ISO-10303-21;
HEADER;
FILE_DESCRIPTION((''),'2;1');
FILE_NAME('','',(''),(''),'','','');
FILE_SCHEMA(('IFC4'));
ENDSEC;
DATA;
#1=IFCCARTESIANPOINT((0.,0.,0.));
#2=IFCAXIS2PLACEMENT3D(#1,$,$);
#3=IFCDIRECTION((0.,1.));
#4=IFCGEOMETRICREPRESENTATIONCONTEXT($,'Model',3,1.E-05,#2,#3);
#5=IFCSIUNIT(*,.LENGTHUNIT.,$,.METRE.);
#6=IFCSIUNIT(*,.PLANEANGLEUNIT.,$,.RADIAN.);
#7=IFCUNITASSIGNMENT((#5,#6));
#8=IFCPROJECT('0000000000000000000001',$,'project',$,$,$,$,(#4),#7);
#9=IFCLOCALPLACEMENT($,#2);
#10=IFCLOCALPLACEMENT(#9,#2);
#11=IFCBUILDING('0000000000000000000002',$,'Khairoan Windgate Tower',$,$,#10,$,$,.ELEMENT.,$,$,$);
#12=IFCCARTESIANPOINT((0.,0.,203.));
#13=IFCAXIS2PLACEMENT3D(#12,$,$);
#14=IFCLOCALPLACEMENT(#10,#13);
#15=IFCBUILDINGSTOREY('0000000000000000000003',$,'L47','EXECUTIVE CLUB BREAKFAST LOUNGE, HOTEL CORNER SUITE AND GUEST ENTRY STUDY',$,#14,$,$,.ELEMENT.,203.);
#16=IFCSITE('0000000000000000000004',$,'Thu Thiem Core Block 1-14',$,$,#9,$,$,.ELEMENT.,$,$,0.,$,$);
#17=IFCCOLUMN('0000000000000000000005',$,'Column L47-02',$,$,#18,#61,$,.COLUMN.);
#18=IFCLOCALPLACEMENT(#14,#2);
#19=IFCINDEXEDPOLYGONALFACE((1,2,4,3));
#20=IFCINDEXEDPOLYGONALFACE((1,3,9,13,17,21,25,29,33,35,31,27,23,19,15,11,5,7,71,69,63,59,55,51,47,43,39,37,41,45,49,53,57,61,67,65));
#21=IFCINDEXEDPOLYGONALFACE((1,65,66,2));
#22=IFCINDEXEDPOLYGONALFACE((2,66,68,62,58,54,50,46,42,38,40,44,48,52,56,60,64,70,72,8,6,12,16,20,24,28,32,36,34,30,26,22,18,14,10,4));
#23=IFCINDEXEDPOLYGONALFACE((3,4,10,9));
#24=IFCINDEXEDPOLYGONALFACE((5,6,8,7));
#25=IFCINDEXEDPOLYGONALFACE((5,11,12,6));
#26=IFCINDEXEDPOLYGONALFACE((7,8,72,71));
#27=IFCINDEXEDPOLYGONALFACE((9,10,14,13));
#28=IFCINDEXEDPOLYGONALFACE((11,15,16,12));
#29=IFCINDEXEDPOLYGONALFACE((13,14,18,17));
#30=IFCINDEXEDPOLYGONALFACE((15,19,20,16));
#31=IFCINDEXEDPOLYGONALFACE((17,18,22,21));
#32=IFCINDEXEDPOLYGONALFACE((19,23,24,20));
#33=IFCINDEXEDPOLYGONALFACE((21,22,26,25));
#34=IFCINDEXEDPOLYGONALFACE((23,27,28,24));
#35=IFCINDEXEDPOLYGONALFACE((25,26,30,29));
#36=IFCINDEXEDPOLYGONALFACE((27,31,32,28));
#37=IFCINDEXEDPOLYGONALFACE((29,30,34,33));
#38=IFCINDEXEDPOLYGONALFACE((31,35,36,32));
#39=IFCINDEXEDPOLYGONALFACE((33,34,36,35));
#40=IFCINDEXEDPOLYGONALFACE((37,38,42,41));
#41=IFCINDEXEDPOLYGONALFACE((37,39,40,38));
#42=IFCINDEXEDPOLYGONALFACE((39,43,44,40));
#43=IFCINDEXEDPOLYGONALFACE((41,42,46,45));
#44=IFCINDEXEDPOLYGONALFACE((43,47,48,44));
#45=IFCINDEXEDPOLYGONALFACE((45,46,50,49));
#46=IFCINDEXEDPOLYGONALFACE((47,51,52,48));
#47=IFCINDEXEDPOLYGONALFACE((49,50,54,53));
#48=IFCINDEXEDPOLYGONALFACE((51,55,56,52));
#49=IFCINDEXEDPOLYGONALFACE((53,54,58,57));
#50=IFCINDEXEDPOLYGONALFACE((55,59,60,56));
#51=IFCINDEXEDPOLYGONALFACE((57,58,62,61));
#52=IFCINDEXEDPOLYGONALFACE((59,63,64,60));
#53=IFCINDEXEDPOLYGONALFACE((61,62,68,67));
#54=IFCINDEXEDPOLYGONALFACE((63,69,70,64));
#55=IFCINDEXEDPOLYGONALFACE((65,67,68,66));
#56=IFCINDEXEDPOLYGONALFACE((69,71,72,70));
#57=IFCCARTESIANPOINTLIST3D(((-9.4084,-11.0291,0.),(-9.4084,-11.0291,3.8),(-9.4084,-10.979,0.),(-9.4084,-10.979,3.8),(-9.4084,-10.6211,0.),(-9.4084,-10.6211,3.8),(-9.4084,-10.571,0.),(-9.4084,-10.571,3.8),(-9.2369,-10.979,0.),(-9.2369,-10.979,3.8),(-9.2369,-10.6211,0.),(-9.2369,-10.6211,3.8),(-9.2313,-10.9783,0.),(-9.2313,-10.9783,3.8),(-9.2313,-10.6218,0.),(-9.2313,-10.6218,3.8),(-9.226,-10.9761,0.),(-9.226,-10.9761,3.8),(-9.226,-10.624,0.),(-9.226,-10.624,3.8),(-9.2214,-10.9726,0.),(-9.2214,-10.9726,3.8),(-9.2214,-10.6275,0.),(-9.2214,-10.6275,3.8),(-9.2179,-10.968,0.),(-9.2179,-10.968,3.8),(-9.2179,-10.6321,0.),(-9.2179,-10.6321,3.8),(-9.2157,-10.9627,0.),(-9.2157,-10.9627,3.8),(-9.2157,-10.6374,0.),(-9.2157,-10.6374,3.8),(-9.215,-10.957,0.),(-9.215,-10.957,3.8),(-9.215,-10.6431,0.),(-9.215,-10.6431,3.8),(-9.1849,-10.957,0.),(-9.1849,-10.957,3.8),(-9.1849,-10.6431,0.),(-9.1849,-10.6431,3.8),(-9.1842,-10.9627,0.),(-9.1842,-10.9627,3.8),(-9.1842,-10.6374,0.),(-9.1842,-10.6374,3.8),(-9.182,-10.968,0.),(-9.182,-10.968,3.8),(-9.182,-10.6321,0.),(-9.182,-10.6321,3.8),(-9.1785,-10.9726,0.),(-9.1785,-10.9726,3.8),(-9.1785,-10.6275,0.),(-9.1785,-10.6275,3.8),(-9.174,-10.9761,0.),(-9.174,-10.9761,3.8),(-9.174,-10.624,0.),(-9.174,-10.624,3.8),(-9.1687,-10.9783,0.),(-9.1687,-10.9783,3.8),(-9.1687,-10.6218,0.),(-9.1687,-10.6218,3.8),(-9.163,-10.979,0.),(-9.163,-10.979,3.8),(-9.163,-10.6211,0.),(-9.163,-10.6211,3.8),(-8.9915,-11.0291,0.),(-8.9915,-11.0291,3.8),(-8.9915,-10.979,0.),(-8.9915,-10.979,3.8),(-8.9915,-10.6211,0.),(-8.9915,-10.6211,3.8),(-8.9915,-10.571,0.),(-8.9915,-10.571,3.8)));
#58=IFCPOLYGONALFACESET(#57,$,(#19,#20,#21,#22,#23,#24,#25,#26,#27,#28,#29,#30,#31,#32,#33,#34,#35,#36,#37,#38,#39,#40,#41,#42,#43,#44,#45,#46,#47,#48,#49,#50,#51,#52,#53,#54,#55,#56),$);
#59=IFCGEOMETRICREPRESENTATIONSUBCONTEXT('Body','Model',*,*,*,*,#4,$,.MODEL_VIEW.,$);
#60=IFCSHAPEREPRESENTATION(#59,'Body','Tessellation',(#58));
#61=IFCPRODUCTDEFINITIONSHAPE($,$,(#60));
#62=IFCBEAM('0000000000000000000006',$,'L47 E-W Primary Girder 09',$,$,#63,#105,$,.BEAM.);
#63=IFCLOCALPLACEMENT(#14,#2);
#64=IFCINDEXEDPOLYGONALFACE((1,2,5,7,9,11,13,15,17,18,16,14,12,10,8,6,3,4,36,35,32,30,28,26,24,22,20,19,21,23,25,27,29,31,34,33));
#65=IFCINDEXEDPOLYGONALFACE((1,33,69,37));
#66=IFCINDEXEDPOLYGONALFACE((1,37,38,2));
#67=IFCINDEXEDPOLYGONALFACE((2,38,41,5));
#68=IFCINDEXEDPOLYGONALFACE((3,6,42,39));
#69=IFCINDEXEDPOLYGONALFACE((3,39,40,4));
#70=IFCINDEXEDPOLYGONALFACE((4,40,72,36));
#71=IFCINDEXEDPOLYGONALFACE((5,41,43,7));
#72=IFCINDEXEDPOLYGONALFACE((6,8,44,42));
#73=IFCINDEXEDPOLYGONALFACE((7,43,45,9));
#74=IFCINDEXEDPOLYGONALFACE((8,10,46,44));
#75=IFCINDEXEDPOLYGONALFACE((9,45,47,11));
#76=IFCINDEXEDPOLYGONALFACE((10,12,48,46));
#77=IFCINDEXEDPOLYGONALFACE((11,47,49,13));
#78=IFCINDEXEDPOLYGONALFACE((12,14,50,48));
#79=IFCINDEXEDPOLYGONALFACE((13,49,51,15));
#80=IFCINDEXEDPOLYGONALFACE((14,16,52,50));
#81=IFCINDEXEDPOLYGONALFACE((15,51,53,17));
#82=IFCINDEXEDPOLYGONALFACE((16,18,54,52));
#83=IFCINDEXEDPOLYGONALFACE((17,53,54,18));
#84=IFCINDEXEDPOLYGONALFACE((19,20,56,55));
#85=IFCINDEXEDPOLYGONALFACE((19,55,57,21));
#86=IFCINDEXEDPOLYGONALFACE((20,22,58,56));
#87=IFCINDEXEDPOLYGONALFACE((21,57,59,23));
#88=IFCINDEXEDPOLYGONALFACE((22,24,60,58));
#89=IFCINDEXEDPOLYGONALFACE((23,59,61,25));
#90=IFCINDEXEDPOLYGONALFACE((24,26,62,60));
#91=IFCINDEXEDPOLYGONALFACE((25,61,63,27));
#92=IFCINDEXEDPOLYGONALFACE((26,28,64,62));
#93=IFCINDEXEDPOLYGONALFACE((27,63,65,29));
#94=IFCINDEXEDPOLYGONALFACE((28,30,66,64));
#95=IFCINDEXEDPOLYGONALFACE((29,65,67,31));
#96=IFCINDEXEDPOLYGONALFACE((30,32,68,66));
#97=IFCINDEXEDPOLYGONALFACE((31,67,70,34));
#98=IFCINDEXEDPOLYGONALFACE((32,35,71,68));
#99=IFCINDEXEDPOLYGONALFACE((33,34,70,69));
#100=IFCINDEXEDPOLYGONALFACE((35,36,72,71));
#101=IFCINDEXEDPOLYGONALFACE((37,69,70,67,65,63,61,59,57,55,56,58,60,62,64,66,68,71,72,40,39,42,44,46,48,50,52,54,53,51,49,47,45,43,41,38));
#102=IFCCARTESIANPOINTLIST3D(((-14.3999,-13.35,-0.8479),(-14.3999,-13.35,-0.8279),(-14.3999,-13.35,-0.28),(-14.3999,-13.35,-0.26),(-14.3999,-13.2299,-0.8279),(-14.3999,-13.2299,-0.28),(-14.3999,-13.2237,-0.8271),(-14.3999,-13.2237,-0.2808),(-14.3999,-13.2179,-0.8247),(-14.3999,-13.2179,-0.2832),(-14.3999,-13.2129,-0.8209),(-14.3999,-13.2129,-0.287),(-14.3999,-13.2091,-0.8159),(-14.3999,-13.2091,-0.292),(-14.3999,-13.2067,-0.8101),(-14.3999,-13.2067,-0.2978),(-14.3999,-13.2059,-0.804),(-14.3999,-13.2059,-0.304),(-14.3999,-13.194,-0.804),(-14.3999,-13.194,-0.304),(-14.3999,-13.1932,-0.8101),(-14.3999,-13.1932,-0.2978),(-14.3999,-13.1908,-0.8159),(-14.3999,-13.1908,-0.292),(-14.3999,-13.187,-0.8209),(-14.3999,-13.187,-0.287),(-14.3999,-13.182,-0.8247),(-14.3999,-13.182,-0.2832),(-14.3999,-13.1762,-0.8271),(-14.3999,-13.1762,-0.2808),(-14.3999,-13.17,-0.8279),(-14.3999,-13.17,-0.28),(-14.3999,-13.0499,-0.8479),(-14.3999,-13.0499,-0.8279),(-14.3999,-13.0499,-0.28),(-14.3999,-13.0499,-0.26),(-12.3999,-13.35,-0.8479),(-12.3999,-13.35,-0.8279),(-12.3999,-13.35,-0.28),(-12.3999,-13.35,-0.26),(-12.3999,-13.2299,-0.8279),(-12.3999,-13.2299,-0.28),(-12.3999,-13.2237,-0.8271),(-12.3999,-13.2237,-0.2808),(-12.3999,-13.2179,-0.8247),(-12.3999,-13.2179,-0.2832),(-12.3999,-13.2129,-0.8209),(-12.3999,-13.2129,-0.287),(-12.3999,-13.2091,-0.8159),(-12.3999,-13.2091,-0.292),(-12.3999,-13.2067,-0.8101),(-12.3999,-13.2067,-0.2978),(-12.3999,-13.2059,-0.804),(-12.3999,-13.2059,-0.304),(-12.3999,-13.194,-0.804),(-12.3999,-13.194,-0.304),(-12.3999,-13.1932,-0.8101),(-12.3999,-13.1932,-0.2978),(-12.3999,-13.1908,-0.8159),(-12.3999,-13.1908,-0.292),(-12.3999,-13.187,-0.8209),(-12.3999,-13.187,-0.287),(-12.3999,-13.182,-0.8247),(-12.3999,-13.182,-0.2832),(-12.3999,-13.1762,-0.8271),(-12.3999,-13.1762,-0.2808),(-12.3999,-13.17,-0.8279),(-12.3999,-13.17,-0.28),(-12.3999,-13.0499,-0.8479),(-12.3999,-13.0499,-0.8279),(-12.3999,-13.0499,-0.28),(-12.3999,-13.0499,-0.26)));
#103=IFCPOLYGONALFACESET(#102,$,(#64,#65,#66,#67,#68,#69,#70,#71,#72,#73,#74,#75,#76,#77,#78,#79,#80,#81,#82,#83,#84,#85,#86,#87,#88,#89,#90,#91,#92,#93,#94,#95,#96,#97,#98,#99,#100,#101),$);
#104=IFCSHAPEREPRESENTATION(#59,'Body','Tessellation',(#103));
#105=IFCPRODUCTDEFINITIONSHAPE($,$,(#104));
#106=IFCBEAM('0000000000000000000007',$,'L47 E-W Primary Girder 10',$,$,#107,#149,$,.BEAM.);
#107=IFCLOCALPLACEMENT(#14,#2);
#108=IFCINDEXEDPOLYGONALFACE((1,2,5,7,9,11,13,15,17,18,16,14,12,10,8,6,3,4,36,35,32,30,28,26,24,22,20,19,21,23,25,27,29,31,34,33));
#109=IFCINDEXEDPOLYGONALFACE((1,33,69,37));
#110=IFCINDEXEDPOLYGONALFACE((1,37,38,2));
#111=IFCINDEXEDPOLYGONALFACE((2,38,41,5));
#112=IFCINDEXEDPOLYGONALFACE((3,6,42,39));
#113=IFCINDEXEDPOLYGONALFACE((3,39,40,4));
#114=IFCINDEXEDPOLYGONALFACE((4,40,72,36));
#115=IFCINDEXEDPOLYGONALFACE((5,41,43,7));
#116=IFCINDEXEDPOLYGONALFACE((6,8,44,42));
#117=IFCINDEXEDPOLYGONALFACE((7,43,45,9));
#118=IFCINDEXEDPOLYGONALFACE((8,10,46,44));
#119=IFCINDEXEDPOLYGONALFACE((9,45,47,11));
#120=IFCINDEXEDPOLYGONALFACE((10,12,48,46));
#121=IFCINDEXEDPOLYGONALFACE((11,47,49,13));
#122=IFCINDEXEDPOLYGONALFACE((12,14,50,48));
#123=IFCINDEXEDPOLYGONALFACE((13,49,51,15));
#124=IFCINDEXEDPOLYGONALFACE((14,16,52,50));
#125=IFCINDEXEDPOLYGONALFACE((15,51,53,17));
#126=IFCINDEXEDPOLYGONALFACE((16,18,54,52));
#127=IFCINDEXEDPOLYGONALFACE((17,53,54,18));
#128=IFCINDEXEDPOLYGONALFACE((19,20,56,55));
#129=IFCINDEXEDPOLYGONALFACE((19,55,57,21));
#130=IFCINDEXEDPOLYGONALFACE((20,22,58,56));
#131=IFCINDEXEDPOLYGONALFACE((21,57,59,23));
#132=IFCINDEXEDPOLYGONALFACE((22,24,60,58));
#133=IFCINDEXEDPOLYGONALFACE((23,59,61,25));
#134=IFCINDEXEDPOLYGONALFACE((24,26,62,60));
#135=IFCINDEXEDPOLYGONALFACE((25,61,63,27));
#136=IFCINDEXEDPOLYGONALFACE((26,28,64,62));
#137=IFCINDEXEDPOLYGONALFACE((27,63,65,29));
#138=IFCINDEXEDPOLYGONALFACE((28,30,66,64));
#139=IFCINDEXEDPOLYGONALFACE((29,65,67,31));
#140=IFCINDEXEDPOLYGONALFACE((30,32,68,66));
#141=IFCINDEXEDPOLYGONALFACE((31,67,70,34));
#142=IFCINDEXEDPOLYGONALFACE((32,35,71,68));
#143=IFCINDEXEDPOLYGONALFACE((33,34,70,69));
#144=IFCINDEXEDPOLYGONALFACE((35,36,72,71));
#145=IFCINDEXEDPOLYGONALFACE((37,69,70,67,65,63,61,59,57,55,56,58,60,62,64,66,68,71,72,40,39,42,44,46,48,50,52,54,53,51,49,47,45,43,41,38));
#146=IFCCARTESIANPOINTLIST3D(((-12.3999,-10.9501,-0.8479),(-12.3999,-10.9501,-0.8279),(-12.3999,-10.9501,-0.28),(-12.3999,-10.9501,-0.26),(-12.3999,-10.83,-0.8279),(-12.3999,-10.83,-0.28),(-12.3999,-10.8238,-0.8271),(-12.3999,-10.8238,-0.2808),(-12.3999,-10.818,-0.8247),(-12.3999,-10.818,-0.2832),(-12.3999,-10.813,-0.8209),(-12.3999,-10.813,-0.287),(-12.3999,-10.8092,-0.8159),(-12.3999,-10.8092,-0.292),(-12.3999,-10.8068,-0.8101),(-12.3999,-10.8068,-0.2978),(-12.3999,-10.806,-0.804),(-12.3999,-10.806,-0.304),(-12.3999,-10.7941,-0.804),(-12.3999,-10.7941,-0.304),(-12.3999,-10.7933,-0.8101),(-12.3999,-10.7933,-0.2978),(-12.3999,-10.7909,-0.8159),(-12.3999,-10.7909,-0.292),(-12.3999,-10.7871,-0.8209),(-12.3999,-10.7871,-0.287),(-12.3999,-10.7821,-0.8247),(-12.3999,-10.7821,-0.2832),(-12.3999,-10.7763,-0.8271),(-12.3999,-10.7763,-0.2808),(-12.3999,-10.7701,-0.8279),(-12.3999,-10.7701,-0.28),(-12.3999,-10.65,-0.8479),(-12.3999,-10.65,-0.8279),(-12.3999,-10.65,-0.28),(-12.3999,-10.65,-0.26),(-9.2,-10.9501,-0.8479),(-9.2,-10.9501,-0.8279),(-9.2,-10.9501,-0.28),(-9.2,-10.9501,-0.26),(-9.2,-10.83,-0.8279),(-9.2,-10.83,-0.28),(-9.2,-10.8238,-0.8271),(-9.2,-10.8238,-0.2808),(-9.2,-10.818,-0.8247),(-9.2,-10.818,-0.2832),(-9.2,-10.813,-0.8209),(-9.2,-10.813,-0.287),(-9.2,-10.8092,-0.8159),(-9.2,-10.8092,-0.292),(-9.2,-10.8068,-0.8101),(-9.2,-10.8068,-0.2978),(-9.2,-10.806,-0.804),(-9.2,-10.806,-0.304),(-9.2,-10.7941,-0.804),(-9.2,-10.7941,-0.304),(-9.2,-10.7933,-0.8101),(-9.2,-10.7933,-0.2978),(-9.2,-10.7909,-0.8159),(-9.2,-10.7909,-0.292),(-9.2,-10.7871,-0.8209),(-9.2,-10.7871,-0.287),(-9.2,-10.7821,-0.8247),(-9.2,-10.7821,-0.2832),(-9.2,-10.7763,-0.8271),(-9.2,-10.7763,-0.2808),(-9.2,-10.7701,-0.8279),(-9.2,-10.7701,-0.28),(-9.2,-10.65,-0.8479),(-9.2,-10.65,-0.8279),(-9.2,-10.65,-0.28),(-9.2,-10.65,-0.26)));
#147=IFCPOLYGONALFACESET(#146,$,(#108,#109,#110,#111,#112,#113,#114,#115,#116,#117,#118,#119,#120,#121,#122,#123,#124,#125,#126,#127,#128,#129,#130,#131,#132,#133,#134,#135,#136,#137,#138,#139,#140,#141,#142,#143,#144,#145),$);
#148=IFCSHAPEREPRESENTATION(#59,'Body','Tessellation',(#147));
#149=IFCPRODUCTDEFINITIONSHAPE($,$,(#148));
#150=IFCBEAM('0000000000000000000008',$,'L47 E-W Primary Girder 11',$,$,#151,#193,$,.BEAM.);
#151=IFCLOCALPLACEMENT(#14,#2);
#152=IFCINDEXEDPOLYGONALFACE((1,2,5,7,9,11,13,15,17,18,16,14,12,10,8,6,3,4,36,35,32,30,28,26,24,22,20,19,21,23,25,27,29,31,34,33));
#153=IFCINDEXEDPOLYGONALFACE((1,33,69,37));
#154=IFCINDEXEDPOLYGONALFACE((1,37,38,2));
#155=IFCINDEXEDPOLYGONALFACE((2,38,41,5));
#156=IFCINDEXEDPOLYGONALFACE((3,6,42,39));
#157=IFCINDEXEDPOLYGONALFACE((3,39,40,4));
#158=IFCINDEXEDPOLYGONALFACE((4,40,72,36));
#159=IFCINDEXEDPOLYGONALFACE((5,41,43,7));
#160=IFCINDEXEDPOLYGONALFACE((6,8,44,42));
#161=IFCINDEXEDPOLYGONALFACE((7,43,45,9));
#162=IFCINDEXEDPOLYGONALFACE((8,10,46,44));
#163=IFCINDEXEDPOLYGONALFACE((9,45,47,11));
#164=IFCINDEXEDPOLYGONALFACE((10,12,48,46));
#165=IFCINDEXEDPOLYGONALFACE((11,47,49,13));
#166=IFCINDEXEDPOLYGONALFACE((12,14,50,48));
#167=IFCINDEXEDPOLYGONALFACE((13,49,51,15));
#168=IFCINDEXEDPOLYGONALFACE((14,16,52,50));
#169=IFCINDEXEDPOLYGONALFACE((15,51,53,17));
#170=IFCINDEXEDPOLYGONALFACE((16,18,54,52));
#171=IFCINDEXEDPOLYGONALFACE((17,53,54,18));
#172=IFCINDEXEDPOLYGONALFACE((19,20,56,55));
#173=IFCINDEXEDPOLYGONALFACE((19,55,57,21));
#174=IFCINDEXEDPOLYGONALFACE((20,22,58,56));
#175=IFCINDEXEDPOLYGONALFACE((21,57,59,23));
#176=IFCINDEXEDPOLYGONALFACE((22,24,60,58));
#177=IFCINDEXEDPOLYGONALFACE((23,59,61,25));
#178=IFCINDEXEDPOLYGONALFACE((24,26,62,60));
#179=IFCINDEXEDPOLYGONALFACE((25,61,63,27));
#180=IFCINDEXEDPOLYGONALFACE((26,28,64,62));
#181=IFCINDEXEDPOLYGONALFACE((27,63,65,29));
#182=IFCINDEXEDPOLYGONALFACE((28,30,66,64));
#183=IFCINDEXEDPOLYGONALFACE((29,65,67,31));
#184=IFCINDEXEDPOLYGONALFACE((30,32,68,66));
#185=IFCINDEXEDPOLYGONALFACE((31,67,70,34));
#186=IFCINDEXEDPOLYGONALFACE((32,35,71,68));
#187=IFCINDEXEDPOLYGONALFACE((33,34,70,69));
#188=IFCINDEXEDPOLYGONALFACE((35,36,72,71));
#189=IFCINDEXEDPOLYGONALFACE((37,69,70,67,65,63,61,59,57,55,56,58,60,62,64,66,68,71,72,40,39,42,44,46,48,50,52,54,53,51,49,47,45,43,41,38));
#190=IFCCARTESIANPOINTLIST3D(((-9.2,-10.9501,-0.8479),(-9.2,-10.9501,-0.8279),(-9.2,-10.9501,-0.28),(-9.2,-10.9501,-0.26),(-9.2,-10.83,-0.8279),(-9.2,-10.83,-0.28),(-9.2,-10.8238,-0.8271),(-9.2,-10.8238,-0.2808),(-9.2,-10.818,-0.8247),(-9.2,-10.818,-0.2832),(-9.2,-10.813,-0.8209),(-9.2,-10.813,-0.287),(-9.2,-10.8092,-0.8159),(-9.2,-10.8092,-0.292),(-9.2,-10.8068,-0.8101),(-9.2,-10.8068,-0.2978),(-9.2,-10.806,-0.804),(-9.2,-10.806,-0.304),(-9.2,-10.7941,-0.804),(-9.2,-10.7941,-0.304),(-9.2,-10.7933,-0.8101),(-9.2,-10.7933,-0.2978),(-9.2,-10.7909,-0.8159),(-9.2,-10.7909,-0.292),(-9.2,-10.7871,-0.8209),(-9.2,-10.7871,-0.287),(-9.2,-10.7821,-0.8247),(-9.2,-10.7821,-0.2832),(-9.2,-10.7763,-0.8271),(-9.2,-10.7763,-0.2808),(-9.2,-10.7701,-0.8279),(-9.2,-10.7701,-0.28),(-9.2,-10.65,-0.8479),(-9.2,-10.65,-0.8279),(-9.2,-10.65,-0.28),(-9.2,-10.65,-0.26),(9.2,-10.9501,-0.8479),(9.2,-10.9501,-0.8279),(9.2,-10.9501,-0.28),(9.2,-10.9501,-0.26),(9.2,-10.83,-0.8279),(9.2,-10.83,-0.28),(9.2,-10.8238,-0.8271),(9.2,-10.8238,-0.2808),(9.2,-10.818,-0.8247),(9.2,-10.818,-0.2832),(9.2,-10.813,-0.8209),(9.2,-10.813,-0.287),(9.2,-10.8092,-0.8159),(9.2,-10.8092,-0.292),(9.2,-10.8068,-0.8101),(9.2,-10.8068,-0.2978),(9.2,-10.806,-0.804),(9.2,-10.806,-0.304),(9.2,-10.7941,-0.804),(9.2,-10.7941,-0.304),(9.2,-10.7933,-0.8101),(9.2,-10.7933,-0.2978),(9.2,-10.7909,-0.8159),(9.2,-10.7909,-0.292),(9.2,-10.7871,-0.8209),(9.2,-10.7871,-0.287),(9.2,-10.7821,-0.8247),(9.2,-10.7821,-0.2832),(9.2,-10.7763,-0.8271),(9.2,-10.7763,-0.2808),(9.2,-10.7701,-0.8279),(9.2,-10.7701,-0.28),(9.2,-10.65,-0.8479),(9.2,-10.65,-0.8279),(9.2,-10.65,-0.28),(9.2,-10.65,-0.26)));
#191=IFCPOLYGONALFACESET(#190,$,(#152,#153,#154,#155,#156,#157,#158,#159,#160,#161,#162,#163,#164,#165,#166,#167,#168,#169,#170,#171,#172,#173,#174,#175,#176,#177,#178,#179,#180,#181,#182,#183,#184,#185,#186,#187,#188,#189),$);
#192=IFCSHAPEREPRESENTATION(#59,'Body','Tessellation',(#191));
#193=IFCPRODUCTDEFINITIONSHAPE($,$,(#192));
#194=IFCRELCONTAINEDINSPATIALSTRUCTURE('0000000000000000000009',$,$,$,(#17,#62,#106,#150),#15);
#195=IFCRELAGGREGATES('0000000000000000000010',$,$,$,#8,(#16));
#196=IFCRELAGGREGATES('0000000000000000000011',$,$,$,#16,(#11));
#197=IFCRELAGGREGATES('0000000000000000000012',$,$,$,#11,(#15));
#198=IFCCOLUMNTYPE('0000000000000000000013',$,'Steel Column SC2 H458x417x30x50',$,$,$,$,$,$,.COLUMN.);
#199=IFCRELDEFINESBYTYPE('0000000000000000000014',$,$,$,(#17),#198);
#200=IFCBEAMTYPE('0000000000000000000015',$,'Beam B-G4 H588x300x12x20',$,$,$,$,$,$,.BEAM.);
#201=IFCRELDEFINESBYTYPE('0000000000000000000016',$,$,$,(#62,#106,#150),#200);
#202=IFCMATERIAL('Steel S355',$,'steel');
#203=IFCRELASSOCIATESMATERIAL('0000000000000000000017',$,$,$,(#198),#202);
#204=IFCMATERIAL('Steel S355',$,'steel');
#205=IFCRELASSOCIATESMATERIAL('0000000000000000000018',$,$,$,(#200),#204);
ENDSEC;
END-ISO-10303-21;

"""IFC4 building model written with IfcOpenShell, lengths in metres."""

from ifc_helpers import new_model, si_unit, direction, frame, origin, origin_2d, place, context, subcontext, project, spatial, i_section, extrude, material, material_profile, profile_set, type_object, element, save


model = new_model("IFC4")

# Units and contexts
model_context = context("Model", 3, precision=1e-05, world=origin(), true_north=direction((0.0, 1.0)))
body_context = subcontext(model_context, "Body", "Model", "MODEL_VIEW")
ifc_project = project(units=[si_unit("LENGTHUNIT", "METRE"), si_unit("PLANEANGLEUNIT", "RADIAN")], contexts=[model_context])

# Site, building, storey
site_placement = place(None, origin())
site = spatial("IfcSite", under=ifc_project, at=site_placement, Name="Thu Thiem Core Block 1-14", CompositionType="ELEMENT", RefElevation=0.0)
building_placement = place(site_placement, origin())
building = spatial("IfcBuilding", under=site, at=building_placement, Name="Khairoan Windgate Tower", CompositionType="ELEMENT")
storey_placement = place(building_placement, frame((0.0, 0.0, 203.0)))
storey = spatial("IfcBuildingStorey", under=building, at=storey_placement, Name="L47", Description="EXECUTIVE CLUB BREAKFAST LOUNGE, HOTEL CORNER SUITE AND GUEST ENTRY STUDY", CompositionType="ELEMENT", Elevation=203.0)

# Column
ifc_material_1 = material(Name="Steel S355", Category="steel")
ifc_material_profile_1 = material_profile(ifc_material_1, i_section(OverallWidth=0.417, OverallDepth=0.458, WebThickness=0.03, FlangeThickness=0.05, FilletRadius=0.022, at=origin_2d()))
ifc_profile_set_1 = profile_set([ifc_material_profile_1], Name="Steel S355")
column_type = type_object("IfcColumnType", Name="Steel Column SC2 H458x417x30x50", PredefinedType="COLUMN", material=ifc_profile_set_1)
column_placement = place(storey_placement, frame((-9.2, -10.8, 0.0), z_axis=(0.0, 0.0, 1.0), x_axis=(1.0, 0.0, 0.0)))
element("IfcColumn", 1, at=column_placement, inside=storey, type_object=column_type, Name="Column L47-02", PredefinedType="COLUMN", context=body_context, shape_type="SweptSolid", body=[
    extrude(i_section(OverallWidth=0.417, OverallDepth=0.458, WebThickness=0.03, FlangeThickness=0.05, FilletRadius=0.022, at=origin_2d()), origin(), (0.0, 0.0, 1.0), 3.8),
])

# Beams
ifc_material_2 = material(Name="Steel S355", Category="steel")
ifc_material_profile_2 = material_profile(ifc_material_2, i_section(OverallWidth=0.3, OverallDepth=0.5879, WebThickness=0.012, FlangeThickness=0.02, FilletRadius=0.0239, at=origin_2d()))
ifc_profile_set_2 = profile_set([ifc_material_profile_2], Name="Steel S355")
beam_type_1 = type_object("IfcBeamType", Name="Beam B-G4 H588x300x12x20", PredefinedType="BEAM", material=ifc_profile_set_2)
beam_1_placement = place(storey_placement, frame((-14.3999, -13.2, -0.554), z_axis=(1.0, 0.0, 0.0), x_axis=(0.0, 1.0, 0.0)))
element("IfcBeam", 2, at=beam_1_placement, inside=storey, type_object=beam_type_1, Name="L47 E-W Primary Girder 09", PredefinedType="BEAM", context=body_context, shape_type="SweptSolid", body=[
    extrude(i_section(OverallWidth=0.3, OverallDepth=0.5879, WebThickness=0.012, FlangeThickness=0.02, FilletRadius=0.0239, at=origin_2d()), origin(), (0.0, 0.0, 1.0), 2.0),
])
beam_2_placement = place(storey_placement, frame((-12.3999, -10.8, -0.554), z_axis=(1.0, 0.0, 0.0), x_axis=(0.0, 1.0, 0.0)))
element("IfcBeam", 3, at=beam_2_placement, inside=storey, type_object=beam_type_1, Name="L47 E-W Primary Girder 10", PredefinedType="BEAM", context=body_context, shape_type="SweptSolid", body=[
    extrude(i_section(OverallWidth=0.3, OverallDepth=0.5879, WebThickness=0.012, FlangeThickness=0.02, FilletRadius=0.0239, at=origin_2d()), origin(), (0.0, 0.0, 1.0), 3.2),
])
beam_3_placement = place(storey_placement, frame((-9.2, -10.8, -0.554), z_axis=(1.0, 0.0, 0.0), x_axis=(0.0, 1.0, 0.0)))
element("IfcBeam", 4, at=beam_3_placement, inside=storey, type_object=beam_type_1, Name="L47 E-W Primary Girder 11", PredefinedType="BEAM", context=body_context, shape_type="SweptSolid", body=[
    extrude(i_section(OverallWidth=0.3, OverallDepth=0.5879, WebThickness=0.012, FlangeThickness=0.02, FilletRadius=0.0239, at=origin_2d()), origin(), (0.0, 0.0, 1.0), 18.3999),
])

save(model, "model.ifc")
